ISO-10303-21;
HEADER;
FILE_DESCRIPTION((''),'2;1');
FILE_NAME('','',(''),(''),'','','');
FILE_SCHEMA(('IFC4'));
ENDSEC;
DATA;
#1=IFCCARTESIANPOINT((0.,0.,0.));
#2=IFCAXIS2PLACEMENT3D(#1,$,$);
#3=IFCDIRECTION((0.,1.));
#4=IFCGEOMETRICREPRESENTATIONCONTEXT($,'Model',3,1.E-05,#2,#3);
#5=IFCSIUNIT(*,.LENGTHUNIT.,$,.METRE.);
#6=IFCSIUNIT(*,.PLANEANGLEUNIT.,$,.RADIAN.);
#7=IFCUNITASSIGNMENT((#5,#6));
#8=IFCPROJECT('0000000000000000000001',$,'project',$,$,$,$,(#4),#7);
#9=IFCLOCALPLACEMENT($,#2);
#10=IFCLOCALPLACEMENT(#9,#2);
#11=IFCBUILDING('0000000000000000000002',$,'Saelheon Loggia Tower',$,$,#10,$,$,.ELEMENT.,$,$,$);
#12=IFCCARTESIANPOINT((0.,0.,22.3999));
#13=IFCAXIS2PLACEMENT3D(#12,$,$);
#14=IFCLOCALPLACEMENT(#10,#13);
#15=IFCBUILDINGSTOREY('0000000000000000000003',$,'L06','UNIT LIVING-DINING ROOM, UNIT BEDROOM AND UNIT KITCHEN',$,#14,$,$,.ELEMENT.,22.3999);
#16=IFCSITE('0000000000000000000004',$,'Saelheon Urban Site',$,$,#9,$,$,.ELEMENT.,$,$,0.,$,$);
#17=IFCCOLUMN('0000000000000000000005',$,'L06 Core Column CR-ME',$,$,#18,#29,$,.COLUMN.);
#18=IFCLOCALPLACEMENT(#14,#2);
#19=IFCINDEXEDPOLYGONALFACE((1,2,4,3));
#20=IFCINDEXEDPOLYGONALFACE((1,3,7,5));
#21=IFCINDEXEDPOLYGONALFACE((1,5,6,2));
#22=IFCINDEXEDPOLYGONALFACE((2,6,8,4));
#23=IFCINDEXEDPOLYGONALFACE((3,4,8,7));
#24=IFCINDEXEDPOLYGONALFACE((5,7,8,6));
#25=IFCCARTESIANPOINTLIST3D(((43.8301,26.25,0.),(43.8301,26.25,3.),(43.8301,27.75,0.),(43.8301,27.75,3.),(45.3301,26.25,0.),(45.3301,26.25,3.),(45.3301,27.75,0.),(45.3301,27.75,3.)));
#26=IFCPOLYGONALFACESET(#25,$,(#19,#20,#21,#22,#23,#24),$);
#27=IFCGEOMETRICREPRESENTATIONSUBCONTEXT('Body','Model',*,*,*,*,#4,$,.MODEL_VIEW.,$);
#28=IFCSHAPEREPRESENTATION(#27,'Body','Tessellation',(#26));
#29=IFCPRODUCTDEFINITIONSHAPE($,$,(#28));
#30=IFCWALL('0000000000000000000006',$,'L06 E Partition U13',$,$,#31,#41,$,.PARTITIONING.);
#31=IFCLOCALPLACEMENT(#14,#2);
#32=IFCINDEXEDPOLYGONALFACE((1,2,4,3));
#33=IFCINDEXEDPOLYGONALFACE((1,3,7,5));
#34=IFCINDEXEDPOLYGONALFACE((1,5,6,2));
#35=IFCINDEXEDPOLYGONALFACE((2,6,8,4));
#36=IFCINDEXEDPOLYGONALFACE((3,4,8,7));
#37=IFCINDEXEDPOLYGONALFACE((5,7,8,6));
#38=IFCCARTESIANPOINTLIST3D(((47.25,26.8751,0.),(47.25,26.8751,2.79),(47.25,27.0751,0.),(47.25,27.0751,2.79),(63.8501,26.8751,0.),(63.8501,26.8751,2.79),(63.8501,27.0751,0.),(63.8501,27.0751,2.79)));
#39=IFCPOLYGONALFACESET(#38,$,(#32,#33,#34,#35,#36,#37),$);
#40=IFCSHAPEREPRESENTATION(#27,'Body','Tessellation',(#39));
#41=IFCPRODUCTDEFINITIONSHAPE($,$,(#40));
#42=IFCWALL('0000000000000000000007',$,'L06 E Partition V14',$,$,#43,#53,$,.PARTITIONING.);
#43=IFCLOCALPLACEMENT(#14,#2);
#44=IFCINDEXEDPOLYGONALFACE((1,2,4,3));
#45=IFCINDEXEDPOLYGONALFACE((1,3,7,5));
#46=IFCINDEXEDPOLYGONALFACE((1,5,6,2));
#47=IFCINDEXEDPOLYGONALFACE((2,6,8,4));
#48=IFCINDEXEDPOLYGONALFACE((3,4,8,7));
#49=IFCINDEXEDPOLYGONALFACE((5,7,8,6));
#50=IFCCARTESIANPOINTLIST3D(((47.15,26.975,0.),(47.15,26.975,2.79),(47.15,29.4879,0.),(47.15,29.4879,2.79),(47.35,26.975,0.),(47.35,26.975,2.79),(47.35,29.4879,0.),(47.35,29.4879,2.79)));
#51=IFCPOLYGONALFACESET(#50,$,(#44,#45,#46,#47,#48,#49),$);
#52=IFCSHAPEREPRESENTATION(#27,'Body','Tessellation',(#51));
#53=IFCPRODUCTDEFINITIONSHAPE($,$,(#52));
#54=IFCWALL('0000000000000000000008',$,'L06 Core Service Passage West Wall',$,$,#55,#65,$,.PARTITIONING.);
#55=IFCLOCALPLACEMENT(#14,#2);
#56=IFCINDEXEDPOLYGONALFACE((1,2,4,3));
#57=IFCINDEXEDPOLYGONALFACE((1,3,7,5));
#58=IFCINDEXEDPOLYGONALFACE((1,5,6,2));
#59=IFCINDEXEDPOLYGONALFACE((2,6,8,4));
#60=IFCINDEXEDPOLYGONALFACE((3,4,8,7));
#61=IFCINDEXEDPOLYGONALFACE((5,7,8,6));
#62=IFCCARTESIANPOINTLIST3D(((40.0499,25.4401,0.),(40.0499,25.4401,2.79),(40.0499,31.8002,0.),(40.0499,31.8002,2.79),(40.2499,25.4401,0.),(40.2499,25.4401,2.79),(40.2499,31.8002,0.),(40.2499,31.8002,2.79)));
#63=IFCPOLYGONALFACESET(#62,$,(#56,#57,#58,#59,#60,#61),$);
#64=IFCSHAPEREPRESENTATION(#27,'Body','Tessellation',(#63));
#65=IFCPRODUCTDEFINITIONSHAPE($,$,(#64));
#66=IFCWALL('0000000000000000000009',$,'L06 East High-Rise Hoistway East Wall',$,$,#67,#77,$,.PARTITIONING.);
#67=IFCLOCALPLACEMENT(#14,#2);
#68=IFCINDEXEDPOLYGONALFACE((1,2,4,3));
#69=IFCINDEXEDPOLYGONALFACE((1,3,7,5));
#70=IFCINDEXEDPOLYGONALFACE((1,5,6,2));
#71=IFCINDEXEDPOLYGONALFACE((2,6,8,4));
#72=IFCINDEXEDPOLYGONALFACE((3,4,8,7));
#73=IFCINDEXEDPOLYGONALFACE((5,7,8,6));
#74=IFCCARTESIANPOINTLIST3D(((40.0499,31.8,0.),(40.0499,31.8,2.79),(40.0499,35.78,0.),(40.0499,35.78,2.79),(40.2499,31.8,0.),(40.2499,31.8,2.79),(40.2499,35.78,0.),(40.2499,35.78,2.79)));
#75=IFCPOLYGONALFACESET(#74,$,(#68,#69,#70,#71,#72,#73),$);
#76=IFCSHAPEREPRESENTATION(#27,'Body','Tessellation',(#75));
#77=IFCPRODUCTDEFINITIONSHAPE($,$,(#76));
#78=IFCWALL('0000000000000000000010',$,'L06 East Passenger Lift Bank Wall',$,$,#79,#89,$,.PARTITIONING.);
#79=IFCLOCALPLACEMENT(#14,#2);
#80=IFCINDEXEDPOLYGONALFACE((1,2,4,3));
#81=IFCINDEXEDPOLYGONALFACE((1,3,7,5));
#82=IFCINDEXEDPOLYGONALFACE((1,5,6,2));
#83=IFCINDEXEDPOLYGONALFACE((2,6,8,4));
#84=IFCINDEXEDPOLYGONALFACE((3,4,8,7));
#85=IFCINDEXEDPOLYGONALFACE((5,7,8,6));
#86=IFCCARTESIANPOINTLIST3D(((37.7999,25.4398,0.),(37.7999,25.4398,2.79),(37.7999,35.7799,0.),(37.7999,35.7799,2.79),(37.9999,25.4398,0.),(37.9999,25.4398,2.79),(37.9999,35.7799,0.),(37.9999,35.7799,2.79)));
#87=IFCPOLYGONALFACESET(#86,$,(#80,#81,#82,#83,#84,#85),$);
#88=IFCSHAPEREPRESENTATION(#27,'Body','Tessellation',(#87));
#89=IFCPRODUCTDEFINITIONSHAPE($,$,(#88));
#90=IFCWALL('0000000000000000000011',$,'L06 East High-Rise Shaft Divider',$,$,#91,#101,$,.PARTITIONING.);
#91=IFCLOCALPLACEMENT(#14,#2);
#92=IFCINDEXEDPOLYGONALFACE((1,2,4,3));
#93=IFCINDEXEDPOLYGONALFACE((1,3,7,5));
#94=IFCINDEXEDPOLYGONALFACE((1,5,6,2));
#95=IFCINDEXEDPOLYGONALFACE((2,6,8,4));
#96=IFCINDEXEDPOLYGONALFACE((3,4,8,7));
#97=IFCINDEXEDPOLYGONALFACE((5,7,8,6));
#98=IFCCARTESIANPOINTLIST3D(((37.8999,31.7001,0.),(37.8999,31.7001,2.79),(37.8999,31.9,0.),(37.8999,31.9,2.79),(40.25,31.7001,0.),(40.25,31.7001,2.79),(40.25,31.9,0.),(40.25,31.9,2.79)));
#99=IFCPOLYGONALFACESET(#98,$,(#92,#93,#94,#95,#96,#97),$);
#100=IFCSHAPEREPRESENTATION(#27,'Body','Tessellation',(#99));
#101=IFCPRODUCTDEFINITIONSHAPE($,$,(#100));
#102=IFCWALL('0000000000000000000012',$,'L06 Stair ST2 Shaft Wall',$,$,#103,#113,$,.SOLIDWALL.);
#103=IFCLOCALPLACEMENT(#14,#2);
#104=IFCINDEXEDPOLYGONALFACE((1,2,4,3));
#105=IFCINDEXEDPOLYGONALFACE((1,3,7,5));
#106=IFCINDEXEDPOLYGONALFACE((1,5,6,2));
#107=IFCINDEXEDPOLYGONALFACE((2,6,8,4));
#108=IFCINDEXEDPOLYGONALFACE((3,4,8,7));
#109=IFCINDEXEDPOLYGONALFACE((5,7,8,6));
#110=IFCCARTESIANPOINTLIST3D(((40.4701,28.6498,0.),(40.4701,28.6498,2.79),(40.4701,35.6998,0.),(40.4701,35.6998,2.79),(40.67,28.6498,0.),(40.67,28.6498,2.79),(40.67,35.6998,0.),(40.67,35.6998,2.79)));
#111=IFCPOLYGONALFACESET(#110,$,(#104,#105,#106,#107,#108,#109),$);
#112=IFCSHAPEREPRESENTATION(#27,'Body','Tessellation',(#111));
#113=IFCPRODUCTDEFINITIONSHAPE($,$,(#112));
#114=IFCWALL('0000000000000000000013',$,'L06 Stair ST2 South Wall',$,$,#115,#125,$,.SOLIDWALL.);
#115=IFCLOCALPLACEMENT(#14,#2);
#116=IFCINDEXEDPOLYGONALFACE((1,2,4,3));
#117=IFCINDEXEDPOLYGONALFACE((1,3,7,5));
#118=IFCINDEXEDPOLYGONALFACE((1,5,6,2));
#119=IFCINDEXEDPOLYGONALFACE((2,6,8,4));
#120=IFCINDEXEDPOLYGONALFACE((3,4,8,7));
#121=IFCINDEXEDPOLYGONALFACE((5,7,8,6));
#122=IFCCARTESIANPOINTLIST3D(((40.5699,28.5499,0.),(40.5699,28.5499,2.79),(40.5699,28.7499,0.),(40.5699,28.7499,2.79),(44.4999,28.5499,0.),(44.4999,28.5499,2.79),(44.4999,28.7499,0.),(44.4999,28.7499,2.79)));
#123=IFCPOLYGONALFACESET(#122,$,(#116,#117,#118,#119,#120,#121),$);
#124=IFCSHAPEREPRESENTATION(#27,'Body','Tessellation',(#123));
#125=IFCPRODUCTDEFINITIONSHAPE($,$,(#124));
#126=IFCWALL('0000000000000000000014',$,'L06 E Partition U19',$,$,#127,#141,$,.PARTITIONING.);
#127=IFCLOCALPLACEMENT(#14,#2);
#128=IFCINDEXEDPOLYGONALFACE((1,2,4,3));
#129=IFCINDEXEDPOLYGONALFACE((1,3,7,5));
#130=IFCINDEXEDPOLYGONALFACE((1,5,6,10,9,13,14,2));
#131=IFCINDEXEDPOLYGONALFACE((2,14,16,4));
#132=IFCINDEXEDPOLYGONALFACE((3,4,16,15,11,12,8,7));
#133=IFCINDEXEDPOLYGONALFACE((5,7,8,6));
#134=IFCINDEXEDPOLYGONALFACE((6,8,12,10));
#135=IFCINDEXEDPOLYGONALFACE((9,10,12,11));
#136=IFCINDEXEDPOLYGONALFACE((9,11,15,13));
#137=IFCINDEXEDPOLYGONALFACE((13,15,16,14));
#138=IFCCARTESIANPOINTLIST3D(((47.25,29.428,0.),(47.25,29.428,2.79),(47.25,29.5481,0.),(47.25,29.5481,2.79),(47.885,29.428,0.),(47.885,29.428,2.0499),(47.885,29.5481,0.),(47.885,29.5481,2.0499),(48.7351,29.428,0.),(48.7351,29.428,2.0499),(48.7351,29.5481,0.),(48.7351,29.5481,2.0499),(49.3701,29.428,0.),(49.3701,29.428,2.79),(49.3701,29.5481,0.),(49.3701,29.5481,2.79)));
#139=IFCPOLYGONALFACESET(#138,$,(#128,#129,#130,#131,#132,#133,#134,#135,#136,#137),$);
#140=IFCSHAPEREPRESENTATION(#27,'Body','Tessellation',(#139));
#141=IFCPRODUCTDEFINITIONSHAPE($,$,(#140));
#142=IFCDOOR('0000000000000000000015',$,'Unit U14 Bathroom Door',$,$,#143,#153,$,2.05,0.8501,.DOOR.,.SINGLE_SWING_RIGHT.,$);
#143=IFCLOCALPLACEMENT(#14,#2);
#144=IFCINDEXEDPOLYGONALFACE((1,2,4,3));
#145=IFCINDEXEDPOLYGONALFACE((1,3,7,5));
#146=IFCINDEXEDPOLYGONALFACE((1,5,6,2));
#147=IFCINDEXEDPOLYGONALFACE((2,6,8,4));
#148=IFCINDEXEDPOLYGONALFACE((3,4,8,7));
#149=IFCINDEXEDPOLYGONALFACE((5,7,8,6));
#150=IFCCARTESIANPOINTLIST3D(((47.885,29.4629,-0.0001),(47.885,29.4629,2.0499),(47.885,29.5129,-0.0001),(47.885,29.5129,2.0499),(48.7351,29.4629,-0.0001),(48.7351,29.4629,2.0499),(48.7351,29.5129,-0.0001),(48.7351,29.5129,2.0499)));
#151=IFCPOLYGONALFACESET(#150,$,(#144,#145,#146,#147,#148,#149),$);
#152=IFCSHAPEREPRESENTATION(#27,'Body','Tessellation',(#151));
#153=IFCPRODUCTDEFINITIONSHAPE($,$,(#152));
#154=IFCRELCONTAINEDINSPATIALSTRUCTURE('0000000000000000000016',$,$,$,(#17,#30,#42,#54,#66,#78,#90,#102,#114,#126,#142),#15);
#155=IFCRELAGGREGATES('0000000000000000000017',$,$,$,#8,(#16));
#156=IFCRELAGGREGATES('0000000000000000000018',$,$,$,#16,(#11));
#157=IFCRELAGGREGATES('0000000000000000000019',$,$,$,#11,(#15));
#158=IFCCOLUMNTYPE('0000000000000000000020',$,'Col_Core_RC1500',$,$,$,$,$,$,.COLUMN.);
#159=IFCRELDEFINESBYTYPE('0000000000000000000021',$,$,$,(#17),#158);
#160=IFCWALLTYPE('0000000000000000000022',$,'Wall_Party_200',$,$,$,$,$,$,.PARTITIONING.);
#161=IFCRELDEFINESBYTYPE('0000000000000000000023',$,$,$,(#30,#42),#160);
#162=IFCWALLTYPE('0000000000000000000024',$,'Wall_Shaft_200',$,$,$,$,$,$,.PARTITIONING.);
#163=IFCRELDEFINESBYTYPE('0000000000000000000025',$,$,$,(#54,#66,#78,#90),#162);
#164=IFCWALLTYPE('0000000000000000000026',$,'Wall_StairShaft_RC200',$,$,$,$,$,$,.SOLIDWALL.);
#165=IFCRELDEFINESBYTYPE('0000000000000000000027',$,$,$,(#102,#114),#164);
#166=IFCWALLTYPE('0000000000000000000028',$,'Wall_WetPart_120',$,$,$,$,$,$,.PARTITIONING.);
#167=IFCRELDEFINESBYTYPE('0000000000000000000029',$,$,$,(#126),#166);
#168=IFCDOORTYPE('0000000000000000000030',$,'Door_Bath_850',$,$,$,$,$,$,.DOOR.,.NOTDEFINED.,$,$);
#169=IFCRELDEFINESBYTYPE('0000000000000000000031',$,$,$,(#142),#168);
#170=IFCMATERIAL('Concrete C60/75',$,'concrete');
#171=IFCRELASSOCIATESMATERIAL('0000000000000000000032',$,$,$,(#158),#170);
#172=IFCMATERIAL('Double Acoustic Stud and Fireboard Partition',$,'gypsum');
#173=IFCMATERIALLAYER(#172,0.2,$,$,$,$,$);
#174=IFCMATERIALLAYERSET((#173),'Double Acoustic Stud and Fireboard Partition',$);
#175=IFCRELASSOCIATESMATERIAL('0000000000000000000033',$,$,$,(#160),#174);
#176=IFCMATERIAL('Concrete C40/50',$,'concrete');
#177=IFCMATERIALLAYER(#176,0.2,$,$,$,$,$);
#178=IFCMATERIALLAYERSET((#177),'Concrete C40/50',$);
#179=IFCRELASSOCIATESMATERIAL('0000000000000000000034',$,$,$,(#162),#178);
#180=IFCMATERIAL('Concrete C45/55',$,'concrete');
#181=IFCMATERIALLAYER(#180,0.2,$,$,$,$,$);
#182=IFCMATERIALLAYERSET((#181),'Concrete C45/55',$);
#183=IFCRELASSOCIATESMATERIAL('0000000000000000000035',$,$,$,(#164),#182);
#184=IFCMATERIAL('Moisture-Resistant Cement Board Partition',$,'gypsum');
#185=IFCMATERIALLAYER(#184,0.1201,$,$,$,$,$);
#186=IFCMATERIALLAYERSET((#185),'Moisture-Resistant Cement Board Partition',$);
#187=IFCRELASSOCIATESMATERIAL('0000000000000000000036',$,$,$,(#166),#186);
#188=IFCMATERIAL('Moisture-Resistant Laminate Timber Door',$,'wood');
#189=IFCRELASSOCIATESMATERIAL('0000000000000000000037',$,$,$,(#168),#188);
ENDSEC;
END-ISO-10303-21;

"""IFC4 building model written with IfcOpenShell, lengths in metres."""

from ifc_helpers import new_model, si_unit, direction, frame, frame_2d, origin, origin_2d, place, context, subcontext, project, spatial, rectangle, extrude, source, transform, mapped, material, layer, layer_set, material_profile, profile_set, type_object, element, fill, save


model = new_model("IFC4")

# Units and contexts
model_context = context("Model", 3, precision=1e-05, world=origin(), true_north=direction((0.0, 1.0)))
body_context = subcontext(model_context, "Body", "Model", "MODEL_VIEW")
ifc_project = project(units=[si_unit("LENGTHUNIT", "METRE"), si_unit("PLANEANGLEUNIT", "RADIAN")], contexts=[model_context])

# Site, building, storey
site_placement = place(None, origin())
site = spatial("IfcSite", under=ifc_project, at=site_placement, Name="Saelheon Urban Site", CompositionType="ELEMENT", RefElevation=0.0)
building_placement = place(site_placement, origin())
building = spatial("IfcBuilding", under=site, at=building_placement, Name="Saelheon Loggia Tower", CompositionType="ELEMENT")
storey_placement = place(building_placement, frame((0.0, 0.0, 22.3999)))
storey = spatial("IfcBuildingStorey", under=building, at=storey_placement, Name="L06", Description="UNIT LIVING-DINING ROOM, UNIT BEDROOM AND UNIT KITCHEN", CompositionType="ELEMENT", Elevation=22.3999)

# Column
ifc_material_1 = material(Name="Concrete C60/75", Category="concrete")
ifc_material_profile = material_profile(ifc_material_1, rectangle(XDim=1.5, YDim=1.5, at=origin_2d()), Name="RC-1500x1500")
ifc_profile_set = profile_set([ifc_material_profile], Name="Concrete C60/75")
column_type = type_object("IfcColumnType", Name="Col_Core_RC1500", PredefinedType="COLUMN", material=ifc_profile_set)
shared_shape_1 = source(origin(), body_context, "Body", "SweptSolid", [
    extrude(rectangle(XDim=1.5, YDim=1.5, at=origin_2d()), origin(), (0.0, 0.0, 1.0), 3.0),
])
column_placement = place(storey_placement, frame((44.5801, 27.0, 0.0), z_axis=(0.0, 0.0, 1.0), x_axis=(1.0, 0.0, 0.0)))
element("IfcColumn", 1, at=column_placement, inside=storey, type_object=column_type, Name="L06 Core Column CR-ME", PredefinedType="COLUMN", context=body_context, shape_type="MappedRepresentation", body=[
    mapped(shared_shape_1, transform((0.0, 0.0, 0.0), scale=1.0)),
])

# Walls
ifc_material_2 = material(Name="Double Acoustic Stud and Fireboard Partition", Category="gypsum")
ifc_layer_1 = layer(ifc_material_2, 0.2)
ifc_layer_set_1 = layer_set([ifc_layer_1], Name="Double Acoustic Stud and Fireboard Partition")
wall_type_1 = type_object("IfcWallType", Name="Wall_Party_200", PredefinedType="PARTITIONING", material=ifc_layer_set_1)
wall_1_placement = place(storey_placement, frame((47.25, 26.9751, 0.0), z_axis=(0.0, 0.0, 1.0), x_axis=(1.0, 0.0, 0.0)))
element("IfcWall", 2, at=wall_1_placement, inside=storey, type_object=wall_type_1, Name="L06 E Partition U13", PredefinedType="PARTITIONING", context=body_context, shape_type="SweptSolid", body=[
    extrude(rectangle(XDim=16.6001, YDim=0.2, at=frame_2d((8.3, 0.0))), origin(), (0.0, 0.0, 1.0), 2.79),
])
wall_2_placement = place(storey_placement, frame((47.25, 26.9751, 0.0), z_axis=(0.0, 0.0, 1.0), x_axis=(0.0, 1.0, 0.0)))
element("IfcWall", 3, at=wall_2_placement, inside=storey, type_object=wall_type_1, Name="L06 E Partition V14", PredefinedType="PARTITIONING", context=body_context, shape_type="SweptSolid", body=[
    extrude(rectangle(XDim=2.5129, YDim=0.2, at=frame_2d((1.2563, 0.0))), origin(), (0.0, 0.0, 1.0), 2.79),
])

# Walls
ifc_material_3 = material(Name="Concrete C40/50", Category="concrete")
ifc_layer_2 = layer(ifc_material_3, 0.2)
ifc_layer_set_2 = layer_set([ifc_layer_2], Name="Concrete C40/50")
wall_type_2 = type_object("IfcWallType", Name="Wall_Shaft_200", PredefinedType="PARTITIONING", material=ifc_layer_set_2)
wall_3_placement = place(storey_placement, frame((40.1499, 25.4399, 0.0), z_axis=(0.0, 0.0, 1.0), x_axis=(0.0, 1.0, 0.0)))
element("IfcWall", 4, at=wall_3_placement, inside=storey, type_object=wall_type_2, Name="L06 Core Service Passage West Wall", PredefinedType="PARTITIONING", context=body_context, shape_type="SweptSolid", body=[
    extrude(rectangle(XDim=6.3601, YDim=0.2, at=frame_2d((3.1802, 0.0))), origin(), (0.0, 0.0, 1.0), 2.79),
])
wall_4_placement = place(storey_placement, frame((40.1499, 31.8, 0.0), z_axis=(0.0, 0.0, 1.0), x_axis=(0.0, 1.0, 0.0)))
element("IfcWall", 5, at=wall_4_placement, inside=storey, type_object=wall_type_2, Name="L06 East High-Rise Hoistway East Wall", PredefinedType="PARTITIONING", context=body_context, shape_type="SweptSolid", body=[
    extrude(rectangle(XDim=3.98, YDim=0.2, at=frame_2d((1.99, 0.0))), origin(), (0.0, 0.0, 1.0), 2.79),
])

# Walls
wall_5_placement = place(storey_placement, frame((37.8999, 25.4399, 0.0), z_axis=(0.0, 0.0, 1.0), x_axis=(0.0, 1.0, 0.0)))
element("IfcWall", 6, at=wall_5_placement, inside=storey, type_object=wall_type_2, Name="L06 East Passenger Lift Bank Wall", PredefinedType="PARTITIONING", context=body_context, shape_type="SweptSolid", body=[
    extrude(rectangle(XDim=10.3401, YDim=0.2, at=frame_2d((5.1699, 0.0))), origin(), (0.0, 0.0, 1.0), 2.79),
])
wall_6_placement = place(storey_placement, frame((37.8999, 31.8, 0.0), z_axis=(0.0, 0.0, 1.0), x_axis=(1.0, 0.0, 0.0)))
element("IfcWall", 7, at=wall_6_placement, inside=storey, type_object=wall_type_2, Name="L06 East High-Rise Shaft Divider", PredefinedType="PARTITIONING", context=body_context, shape_type="SweptSolid", body=[
    extrude(rectangle(XDim=2.3501, YDim=0.2, at=frame_2d((1.175, 0.0))), origin(), (0.0, 0.0, 1.0), 2.79),
])
ifc_material_4 = material(Name="Concrete C45/55", Category="concrete")
ifc_layer_3 = layer(ifc_material_4, 0.2)
ifc_layer_set_3 = layer_set([ifc_layer_3], Name="Concrete C45/55")
wall_type_3 = type_object("IfcWallType", Name="Wall_StairShaft_RC200", PredefinedType="SOLIDWALL", material=ifc_layer_set_3)
wall_7_placement = place(storey_placement, frame((40.5701, 28.6499, 0.0), z_axis=(0.0, 0.0, 1.0), x_axis=(0.0, 1.0, 0.0)))
element("IfcWall", 8, at=wall_7_placement, inside=storey, type_object=wall_type_3, Name="L06 Stair ST2 Shaft Wall", PredefinedType="SOLIDWALL", context=body_context, shape_type="SweptSolid", body=[
    extrude(rectangle(XDim=7.05, YDim=0.2, at=frame_2d((3.5249, 0.0))), origin(), (0.0, 0.0, 1.0), 2.79),
])
wall_8_placement = place(storey_placement, frame((40.5701, 28.6499, 0.0), z_axis=(0.0, 0.0, 1.0), x_axis=(1.0, 0.0, 0.0)))
element("IfcWall", 9, at=wall_8_placement, inside=storey, type_object=wall_type_3, Name="L06 Stair ST2 South Wall", PredefinedType="SOLIDWALL", context=body_context, shape_type="SweptSolid", body=[
    extrude(rectangle(XDim=3.9299, YDim=0.2, at=frame_2d((1.9648, 0.0))), origin(), (0.0, 0.0, 1.0), 2.79),
])

# Wall, opening, door
ifc_material_5 = material(Name="Moisture-Resistant Cement Board Partition", Category="gypsum")
ifc_layer_4 = layer(ifc_material_5, 0.1201)
ifc_layer_set_4 = layer_set([ifc_layer_4], Name="Moisture-Resistant Cement Board Partition")
wall_type_4 = type_object("IfcWallType", Name="Wall_WetPart_120", PredefinedType="PARTITIONING", material=ifc_layer_set_4)
wall_9_placement = place(storey_placement, frame((47.25, 29.488, 0.0), z_axis=(0.0, 0.0, 1.0), x_axis=(1.0, 0.0, 0.0)))
wall_9 = element("IfcWall", 10, at=wall_9_placement, inside=storey, type_object=wall_type_4, Name="L06 E Partition U19", PredefinedType="PARTITIONING", context=body_context, shape_type="SweptSolid", body=[
    extrude(rectangle(XDim=2.1201, YDim=0.1201, at=frame_2d((1.0601, 0.0))), origin(), (0.0, 0.0, 1.0), 2.79),
])
opening_1_placement = place(wall_9_placement, frame((0.635, 0.0, 0.0)))
opening_1 = element("IfcOpeningElement", 11, at=opening_1_placement, cuts=wall_9, PredefinedType="OPENING", context=body_context, shape_type="SweptSolid", body=[
    extrude(rectangle(XDim=0.8501, YDim=2.05, at=frame_2d((0.425, 1.0249))), frame((0.0, 0.072, 0.0), z_axis=(0.0, -1.0, 0.0), x_axis=(1.0, 0.0, 0.0)), (0.0, 0.0, 1.0), 0.144),
])
ifc_material_6 = material(Name="Moisture-Resistant Laminate Timber Door", Category="wood")
door_type_1 = type_object("IfcDoorType", Name="Door_Bath_850", OperationType="NOTDEFINED", PredefinedType="DOOR", material=ifc_material_6)
shared_shape_2 = source(origin(), body_context, "Body", "SweptSolid", [
    extrude(rectangle(XDim=0.8501, YDim=2.05, at=frame_2d((0.425, 1.0249))), frame((0.0, 0.0249, 0.0), z_axis=(0.0, -1.0, 0.0), x_axis=(1.0, 0.0, 0.0)), (0.0, 0.0, 1.0), 0.05),
])
door_1_placement = place(opening_1_placement, origin())
door_1 = element("IfcDoor", 12, at=door_1_placement, inside=storey, type_object=door_type_1, Name="Unit U14 Bathroom Door", OperationType="SINGLE_SWING_RIGHT", OverallHeight=2.05, OverallWidth=0.8501, PredefinedType="DOOR", context=body_context, shape_type="MappedRepresentation", body=[
    mapped(shared_shape_2, transform((0.0, 0.0, 0.0), scale=1.0)),
])
fill(opening_1, door_1)

save(model, "model.ifc")
